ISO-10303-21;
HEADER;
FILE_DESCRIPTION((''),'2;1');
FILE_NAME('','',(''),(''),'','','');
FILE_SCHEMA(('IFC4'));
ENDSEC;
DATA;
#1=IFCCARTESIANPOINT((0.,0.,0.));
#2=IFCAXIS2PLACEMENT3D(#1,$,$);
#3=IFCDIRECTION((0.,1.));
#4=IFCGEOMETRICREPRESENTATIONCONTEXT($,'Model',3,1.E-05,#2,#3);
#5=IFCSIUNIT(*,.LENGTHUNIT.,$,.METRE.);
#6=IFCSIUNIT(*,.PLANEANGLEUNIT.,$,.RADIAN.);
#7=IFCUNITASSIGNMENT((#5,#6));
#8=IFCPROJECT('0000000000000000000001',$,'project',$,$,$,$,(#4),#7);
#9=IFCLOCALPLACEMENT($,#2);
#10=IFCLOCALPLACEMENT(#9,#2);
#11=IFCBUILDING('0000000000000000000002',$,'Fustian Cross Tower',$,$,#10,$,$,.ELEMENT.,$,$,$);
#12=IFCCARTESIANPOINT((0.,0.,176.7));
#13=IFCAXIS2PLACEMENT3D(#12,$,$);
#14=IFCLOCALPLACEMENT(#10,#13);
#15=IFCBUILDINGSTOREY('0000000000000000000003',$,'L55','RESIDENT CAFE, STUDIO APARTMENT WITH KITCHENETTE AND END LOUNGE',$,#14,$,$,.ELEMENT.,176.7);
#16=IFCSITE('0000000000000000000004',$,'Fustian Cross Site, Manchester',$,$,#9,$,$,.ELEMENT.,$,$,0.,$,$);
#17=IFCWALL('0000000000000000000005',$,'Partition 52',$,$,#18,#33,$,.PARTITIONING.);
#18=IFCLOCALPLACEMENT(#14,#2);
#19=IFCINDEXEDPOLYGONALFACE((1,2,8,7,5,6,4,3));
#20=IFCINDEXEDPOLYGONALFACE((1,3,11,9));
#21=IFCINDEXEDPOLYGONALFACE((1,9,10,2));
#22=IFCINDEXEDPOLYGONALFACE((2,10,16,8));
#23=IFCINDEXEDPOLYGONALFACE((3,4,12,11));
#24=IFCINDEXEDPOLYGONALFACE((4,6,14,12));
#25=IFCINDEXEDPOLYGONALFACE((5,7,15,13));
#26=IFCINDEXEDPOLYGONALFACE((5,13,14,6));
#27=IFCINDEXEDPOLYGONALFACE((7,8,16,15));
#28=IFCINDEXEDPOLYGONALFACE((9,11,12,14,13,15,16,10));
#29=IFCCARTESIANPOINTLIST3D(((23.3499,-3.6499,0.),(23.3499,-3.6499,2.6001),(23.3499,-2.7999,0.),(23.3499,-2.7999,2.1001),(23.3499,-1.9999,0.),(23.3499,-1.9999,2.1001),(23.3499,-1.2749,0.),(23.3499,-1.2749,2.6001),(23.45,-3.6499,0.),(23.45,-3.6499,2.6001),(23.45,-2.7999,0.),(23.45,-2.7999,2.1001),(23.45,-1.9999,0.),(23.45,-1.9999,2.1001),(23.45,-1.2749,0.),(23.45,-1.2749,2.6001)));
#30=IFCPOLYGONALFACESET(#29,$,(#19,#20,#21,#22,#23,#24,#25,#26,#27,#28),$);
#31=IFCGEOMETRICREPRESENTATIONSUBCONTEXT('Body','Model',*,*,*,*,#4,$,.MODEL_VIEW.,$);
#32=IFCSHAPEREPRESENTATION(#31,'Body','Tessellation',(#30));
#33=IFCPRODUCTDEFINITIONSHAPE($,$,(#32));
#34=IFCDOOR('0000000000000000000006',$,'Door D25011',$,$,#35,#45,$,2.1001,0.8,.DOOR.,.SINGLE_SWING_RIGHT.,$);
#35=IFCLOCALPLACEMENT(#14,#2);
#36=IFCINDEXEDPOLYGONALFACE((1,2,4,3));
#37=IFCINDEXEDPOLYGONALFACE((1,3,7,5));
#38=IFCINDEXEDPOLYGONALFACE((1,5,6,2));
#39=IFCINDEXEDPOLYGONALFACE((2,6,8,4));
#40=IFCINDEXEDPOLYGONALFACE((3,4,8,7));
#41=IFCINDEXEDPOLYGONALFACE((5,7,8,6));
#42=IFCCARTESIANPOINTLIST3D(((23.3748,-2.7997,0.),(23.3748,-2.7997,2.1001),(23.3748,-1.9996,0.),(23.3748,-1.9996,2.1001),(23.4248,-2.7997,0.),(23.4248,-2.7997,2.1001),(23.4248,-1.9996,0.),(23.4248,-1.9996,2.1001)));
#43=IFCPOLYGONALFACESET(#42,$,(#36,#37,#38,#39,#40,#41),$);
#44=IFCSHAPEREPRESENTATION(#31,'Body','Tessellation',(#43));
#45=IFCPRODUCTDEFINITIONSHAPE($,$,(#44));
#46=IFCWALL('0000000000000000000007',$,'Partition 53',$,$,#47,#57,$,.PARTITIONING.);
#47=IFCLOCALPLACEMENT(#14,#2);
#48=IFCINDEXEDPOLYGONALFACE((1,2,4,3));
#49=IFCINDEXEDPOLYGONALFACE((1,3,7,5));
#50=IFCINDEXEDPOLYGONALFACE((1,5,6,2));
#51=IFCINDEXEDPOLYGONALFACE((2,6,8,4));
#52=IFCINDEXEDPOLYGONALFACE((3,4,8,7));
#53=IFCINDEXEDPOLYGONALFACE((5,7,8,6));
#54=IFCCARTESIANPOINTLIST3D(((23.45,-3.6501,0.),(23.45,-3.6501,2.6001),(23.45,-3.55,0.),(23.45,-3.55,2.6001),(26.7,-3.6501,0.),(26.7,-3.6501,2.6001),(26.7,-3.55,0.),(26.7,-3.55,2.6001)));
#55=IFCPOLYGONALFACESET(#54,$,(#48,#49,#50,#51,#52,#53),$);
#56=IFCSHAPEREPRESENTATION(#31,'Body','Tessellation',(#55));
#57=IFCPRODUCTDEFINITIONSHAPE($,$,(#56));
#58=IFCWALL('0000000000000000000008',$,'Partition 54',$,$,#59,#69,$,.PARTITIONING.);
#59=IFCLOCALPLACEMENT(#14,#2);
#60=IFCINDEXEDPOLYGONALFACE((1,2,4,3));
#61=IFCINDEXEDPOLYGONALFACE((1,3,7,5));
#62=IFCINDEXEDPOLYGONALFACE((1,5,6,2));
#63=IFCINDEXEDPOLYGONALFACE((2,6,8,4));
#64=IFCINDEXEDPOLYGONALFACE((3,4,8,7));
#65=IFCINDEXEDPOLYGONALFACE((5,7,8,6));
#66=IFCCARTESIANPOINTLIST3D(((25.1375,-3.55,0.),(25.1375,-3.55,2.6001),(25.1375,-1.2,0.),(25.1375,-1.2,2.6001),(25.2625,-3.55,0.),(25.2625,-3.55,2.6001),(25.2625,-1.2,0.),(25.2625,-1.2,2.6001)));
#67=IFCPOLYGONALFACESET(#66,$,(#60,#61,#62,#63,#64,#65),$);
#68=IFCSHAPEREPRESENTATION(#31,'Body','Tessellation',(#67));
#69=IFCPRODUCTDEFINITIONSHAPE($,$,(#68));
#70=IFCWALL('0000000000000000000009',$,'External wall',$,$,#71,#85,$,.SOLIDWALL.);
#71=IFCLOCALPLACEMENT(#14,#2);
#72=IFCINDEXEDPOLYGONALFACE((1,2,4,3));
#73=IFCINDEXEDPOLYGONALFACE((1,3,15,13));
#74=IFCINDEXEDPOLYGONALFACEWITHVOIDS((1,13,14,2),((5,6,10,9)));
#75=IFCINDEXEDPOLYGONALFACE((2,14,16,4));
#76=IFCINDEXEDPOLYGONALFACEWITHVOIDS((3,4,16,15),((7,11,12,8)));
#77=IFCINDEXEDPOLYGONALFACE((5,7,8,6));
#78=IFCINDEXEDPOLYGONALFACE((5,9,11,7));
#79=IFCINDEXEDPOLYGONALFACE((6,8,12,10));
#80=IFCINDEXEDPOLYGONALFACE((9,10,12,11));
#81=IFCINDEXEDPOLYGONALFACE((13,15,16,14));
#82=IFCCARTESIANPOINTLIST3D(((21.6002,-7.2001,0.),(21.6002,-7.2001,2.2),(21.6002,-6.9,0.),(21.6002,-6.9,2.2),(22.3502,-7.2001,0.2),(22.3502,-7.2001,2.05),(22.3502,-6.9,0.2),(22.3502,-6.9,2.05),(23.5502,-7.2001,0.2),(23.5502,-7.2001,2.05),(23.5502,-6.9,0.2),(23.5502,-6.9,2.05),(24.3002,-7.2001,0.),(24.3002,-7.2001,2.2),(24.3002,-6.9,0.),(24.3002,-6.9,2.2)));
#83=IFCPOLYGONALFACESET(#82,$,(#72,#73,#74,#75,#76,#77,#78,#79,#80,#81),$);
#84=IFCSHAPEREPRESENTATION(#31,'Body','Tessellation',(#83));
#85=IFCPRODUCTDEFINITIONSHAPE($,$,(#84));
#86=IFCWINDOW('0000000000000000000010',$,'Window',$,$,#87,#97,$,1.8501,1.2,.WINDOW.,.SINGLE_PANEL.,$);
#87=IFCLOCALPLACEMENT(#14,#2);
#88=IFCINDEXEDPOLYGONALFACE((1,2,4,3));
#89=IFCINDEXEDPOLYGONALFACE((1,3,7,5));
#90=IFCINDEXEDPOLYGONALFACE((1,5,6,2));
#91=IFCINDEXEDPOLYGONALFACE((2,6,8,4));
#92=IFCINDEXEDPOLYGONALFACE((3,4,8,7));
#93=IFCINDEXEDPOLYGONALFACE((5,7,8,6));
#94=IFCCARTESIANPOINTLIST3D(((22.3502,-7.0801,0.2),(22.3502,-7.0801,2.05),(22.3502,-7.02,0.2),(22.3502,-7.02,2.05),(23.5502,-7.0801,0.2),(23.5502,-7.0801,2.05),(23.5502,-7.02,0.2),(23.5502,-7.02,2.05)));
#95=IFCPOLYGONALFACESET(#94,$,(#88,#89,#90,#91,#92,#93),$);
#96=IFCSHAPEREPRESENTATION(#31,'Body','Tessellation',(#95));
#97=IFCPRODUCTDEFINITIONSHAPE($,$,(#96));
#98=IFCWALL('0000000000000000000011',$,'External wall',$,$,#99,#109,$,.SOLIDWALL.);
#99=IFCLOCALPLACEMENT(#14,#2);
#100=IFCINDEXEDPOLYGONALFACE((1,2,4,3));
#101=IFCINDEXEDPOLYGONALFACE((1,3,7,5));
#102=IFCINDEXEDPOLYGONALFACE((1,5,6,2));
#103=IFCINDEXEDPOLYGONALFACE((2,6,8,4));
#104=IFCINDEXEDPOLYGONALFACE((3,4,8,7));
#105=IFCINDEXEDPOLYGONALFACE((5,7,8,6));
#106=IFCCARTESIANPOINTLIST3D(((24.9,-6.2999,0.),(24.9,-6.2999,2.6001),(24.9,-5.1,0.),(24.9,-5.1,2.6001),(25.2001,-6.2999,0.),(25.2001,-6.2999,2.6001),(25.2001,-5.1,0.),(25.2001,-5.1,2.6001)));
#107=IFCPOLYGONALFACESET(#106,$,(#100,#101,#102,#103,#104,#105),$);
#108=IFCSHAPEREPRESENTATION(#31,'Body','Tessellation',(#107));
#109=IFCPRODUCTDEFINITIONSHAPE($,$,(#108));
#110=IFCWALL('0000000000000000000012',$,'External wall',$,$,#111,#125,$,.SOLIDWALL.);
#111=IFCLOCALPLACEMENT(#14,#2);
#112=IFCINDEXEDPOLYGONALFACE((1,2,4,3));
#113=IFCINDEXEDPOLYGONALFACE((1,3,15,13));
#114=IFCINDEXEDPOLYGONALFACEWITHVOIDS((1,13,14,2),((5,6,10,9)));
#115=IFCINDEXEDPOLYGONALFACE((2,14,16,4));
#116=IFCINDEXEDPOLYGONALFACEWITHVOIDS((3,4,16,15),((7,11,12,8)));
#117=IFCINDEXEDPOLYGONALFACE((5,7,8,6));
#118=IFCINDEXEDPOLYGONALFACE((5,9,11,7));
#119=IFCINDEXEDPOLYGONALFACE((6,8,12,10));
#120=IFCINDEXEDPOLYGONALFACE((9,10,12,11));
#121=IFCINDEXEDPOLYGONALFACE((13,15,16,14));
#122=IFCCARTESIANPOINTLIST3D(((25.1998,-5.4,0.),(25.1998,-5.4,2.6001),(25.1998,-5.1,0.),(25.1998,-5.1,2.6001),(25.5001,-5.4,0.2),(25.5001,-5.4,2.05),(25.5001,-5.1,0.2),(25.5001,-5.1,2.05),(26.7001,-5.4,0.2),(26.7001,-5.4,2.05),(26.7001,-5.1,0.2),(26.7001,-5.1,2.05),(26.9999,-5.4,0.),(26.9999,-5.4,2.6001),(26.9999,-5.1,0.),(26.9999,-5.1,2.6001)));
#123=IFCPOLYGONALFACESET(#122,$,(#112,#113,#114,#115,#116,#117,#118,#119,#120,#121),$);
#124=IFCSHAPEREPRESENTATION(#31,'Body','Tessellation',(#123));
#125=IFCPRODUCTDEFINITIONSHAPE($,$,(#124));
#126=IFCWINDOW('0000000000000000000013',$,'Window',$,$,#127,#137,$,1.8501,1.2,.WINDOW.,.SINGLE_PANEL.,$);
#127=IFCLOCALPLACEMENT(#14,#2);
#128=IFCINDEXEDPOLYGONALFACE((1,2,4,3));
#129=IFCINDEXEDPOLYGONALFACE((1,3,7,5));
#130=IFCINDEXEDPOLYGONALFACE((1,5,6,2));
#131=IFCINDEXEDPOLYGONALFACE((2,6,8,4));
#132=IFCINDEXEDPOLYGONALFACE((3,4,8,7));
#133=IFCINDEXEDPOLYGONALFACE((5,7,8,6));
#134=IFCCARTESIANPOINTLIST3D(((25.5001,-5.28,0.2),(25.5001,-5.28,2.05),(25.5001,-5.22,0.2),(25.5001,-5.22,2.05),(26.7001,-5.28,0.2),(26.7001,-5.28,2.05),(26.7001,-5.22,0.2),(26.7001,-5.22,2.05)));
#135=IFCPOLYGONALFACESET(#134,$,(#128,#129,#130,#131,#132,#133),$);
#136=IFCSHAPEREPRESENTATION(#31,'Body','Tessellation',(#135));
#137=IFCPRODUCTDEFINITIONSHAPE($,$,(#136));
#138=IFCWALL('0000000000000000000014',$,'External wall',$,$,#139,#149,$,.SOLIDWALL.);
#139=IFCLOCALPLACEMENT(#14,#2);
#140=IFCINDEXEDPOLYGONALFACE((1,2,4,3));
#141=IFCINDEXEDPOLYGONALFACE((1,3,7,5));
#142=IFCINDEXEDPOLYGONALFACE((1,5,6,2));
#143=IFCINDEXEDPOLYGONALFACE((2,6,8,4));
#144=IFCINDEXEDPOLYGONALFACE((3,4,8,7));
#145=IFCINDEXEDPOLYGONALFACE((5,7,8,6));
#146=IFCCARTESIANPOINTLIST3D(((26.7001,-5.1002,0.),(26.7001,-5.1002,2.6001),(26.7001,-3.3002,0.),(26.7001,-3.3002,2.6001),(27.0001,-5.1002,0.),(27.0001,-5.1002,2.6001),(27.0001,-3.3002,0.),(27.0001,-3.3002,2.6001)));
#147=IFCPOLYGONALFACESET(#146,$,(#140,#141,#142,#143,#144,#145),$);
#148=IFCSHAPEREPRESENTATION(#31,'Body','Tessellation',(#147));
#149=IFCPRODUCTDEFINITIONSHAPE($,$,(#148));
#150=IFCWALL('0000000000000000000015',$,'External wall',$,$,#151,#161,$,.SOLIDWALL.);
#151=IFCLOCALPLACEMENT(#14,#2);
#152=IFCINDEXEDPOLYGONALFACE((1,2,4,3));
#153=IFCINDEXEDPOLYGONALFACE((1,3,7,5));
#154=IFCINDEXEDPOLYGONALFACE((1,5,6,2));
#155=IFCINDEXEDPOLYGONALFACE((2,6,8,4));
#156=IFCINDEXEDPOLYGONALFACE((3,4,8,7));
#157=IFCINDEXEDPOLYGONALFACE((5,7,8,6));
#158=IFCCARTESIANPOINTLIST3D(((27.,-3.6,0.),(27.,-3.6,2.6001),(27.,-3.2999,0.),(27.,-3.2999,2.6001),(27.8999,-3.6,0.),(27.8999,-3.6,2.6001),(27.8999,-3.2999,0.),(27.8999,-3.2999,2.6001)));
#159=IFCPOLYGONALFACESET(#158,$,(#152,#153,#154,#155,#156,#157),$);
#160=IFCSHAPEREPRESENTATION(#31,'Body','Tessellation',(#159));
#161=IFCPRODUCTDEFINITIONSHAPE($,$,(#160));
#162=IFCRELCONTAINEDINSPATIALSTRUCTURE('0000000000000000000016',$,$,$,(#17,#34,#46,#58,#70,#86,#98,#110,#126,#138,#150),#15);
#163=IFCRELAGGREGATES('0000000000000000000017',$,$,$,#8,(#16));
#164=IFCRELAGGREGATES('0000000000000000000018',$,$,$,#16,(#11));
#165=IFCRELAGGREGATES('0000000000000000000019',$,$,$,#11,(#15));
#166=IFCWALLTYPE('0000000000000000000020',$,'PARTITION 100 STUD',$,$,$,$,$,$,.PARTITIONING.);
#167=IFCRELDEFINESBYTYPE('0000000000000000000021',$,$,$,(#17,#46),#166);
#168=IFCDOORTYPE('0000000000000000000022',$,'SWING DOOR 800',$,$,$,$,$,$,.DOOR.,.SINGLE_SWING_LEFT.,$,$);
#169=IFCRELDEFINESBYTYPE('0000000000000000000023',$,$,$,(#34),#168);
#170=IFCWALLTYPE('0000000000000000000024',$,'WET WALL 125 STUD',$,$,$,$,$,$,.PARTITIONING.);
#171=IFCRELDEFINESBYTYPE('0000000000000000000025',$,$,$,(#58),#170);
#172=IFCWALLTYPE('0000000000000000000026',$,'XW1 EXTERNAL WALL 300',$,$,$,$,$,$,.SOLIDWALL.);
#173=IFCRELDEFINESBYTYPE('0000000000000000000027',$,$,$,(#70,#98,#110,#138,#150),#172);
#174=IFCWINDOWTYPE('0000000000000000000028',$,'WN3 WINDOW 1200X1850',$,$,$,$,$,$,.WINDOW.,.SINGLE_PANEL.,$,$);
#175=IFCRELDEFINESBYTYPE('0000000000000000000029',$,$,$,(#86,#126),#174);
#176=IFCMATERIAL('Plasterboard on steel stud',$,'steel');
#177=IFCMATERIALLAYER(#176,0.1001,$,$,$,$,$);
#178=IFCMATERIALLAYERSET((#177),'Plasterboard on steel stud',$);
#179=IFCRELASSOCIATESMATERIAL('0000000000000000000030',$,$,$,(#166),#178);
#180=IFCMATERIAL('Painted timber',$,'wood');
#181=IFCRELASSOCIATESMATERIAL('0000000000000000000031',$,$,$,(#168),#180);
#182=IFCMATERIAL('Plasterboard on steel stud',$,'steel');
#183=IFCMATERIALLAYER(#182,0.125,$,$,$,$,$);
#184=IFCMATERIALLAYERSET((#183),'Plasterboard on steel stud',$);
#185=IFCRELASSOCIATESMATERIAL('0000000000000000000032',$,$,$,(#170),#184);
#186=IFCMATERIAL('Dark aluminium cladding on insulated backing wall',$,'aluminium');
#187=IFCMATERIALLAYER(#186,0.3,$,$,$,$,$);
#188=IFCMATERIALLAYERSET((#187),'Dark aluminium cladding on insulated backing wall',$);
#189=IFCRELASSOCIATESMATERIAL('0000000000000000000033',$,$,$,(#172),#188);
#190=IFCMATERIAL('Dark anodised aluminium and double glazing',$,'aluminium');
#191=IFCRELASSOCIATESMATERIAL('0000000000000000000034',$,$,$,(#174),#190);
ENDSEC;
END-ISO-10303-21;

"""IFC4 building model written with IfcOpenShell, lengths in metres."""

from ifc_helpers import new_model, si_unit, direction, frame, frame_2d, origin, place, context, subcontext, project, spatial, rectangle, extrude, material, layer, layer_set, type_object, element, fill, save


model = new_model("IFC4")

# Units and contexts
model_context = context("Model", 3, precision=1e-05, world=origin(), true_north=direction((0.0, 1.0)))
body_context = subcontext(model_context, "Body", "Model", "MODEL_VIEW")
ifc_project = project(units=[si_unit("LENGTHUNIT", "METRE"), si_unit("PLANEANGLEUNIT", "RADIAN")], contexts=[model_context])

# Site, building, storey
site_placement = place(None, origin())
site = spatial("IfcSite", under=ifc_project, at=site_placement, Name="Fustian Cross Site, Manchester", CompositionType="ELEMENT", RefElevation=0.0)
building_placement = place(site_placement, origin())
building = spatial("IfcBuilding", under=site, at=building_placement, Name="Fustian Cross Tower", CompositionType="ELEMENT")
storey_placement = place(building_placement, frame((0.0, 0.0, 176.7)))
storey = spatial("IfcBuildingStorey", under=building, at=storey_placement, Name="L55", Description="RESIDENT CAFE, STUDIO APARTMENT WITH KITCHENETTE AND END LOUNGE", CompositionType="ELEMENT", Elevation=176.7)

# Wall, opening, door
ifc_material_1 = material(Name="Plasterboard on steel stud", Category="steel")
ifc_layer_1 = layer(ifc_material_1, 0.1001)
ifc_layer_set_1 = layer_set([ifc_layer_1], Name="Plasterboard on steel stud")
wall_type_1 = type_object("IfcWallType", Name="PARTITION 100 STUD", PredefinedType="PARTITIONING", material=ifc_layer_set_1)
wall_1_placement = place(storey_placement, frame((23.3999, -3.6499, 0.0), z_axis=(0.0, 0.0, 1.0), x_axis=(0.0, 1.0, 0.0)))
wall_1 = element("IfcWall", 1, at=wall_1_placement, inside=storey, type_object=wall_type_1, Name="Partition 52", PredefinedType="PARTITIONING", context=body_context, shape_type="SweptSolid", body=[
    extrude(rectangle(XDim=2.375, YDim=0.1001, at=frame_2d((1.1875, 0.0))), origin(), (0.0, 0.0, 1.0), 2.6001),
])
opening_1_placement = place(wall_1_placement, frame((0.8501, 0.0, 0.0)))
opening_1 = element("IfcOpeningElement", 2, at=opening_1_placement, cuts=wall_1, PredefinedType="OPENING", context=body_context, shape_type="SweptSolid", body=[
    extrude(rectangle(XDim=0.8, YDim=2.1001, at=frame_2d((0.3999, 1.05))), frame((0.0, 0.0601, 0.0), z_axis=(0.0, -1.0, 0.0), x_axis=(1.0, 0.0, 0.0)), (0.0, 0.0, 1.0), 0.1201),
])
ifc_material_2 = material(Name="Painted timber", Category="wood")
door_type_1 = type_object("IfcDoorType", Name="SWING DOOR 800", OperationType="SINGLE_SWING_LEFT", PredefinedType="DOOR", material=ifc_material_2)
door_1_placement = place(opening_1_placement, frame((0.8, 0.0, 0.0), z_axis=(0.0, 0.0, 1.0), x_axis=(-1.0, 0.0, 0.0)))
door_1 = element("IfcDoor", 3, at=door_1_placement, inside=storey, type_object=door_type_1, Name="Door D25011", OperationType="SINGLE_SWING_RIGHT", OverallHeight=2.1001, OverallWidth=0.8, PredefinedType="DOOR", context=body_context, shape_type="SweptSolid", body=[
    extrude(rectangle(XDim=0.8, YDim=2.1001, at=frame_2d((0.3999, 1.05))), frame((0.0, 0.0249, 0.0), z_axis=(0.0, -1.0, 0.0), x_axis=(1.0, 0.0, 0.0)), (0.0, 0.0, 1.0), 0.05),
])
fill(opening_1, door_1)

# Walls
wall_2_placement = place(storey_placement, frame((23.45, -3.6001, 0.0), z_axis=(0.0, 0.0, 1.0), x_axis=(1.0, 0.0, 0.0)))
element("IfcWall", 4, at=wall_2_placement, inside=storey, type_object=wall_type_1, Name="Partition 53", PredefinedType="PARTITIONING", context=body_context, shape_type="SweptSolid", body=[
    extrude(rectangle(XDim=3.25, YDim=0.1001, at=frame_2d((1.625, 0.0))), origin(), (0.0, 0.0, 1.0), 2.6001),
])
ifc_material_3 = material(Name="Plasterboard on steel stud", Category="steel")
ifc_layer_2 = layer(ifc_material_3, 0.125)
ifc_layer_set_2 = layer_set([ifc_layer_2], Name="Plasterboard on steel stud")
wall_type_2 = type_object("IfcWallType", Name="WET WALL 125 STUD", PredefinedType="PARTITIONING", material=ifc_layer_set_2)
wall_3_placement = place(storey_placement, frame((25.2, -3.55, 0.0), z_axis=(0.0, 0.0, 1.0), x_axis=(0.0, 1.0, 0.0)))
element("IfcWall", 5, at=wall_3_placement, inside=storey, type_object=wall_type_2, Name="Partition 54", PredefinedType="PARTITIONING", context=body_context, shape_type="SweptSolid", body=[
    extrude(rectangle(XDim=2.3501, YDim=0.125, at=frame_2d((1.175, 0.0))), origin(), (0.0, 0.0, 1.0), 2.6001),
])

# Wall, opening, window
ifc_material_4 = material(Name="Dark aluminium cladding on insulated backing wall", Category="aluminium")
ifc_layer_3 = layer(ifc_material_4, 0.3)
ifc_layer_set_3 = layer_set([ifc_layer_3], Name="Dark aluminium cladding on insulated backing wall")
wall_type_3 = type_object("IfcWallType", Name="XW1 EXTERNAL WALL 300", PredefinedType="SOLIDWALL", material=ifc_layer_set_3)
wall_4_placement = place(storey_placement, frame((21.6001, -7.05, 0.0), z_axis=(0.0, 0.0, 1.0), x_axis=(1.0, 0.0, 0.0)))
wall_4 = element("IfcWall", 6, at=wall_4_placement, inside=storey, type_object=wall_type_3, Name="External wall", PredefinedType="SOLIDWALL", context=body_context, shape_type="SweptSolid", body=[
    extrude(rectangle(XDim=2.7, YDim=0.3, at=frame_2d((1.3501, 0.0))), origin(), (0.0, 0.0, 1.0), 2.2),
])
opening_2_placement = place(wall_4_placement, frame((0.75, 0.0, 0.2)))
opening_2 = element("IfcOpeningElement", 7, at=opening_2_placement, cuts=wall_4, PredefinedType="OPENING", context=body_context, shape_type="SweptSolid", body=[
    extrude(rectangle(XDim=1.2, YDim=1.8501, at=frame_2d((0.6001, 0.925))), frame((0.0, 0.1599, 0.0), z_axis=(0.0, -1.0, 0.0), x_axis=(1.0, 0.0, 0.0)), (0.0, 0.0, 1.0), 0.3201),
])
ifc_material_5 = material(Name="Dark anodised aluminium and double glazing", Category="aluminium")
window_type_1 = type_object("IfcWindowType", Name="WN3 WINDOW 1200X1850", PartitioningType="SINGLE_PANEL", PredefinedType="WINDOW", material=ifc_material_5)
window_1_placement = place(opening_2_placement, origin())
window_1 = element("IfcWindow", 8, at=window_1_placement, inside=storey, type_object=window_type_1, Name="Window", OverallHeight=1.8501, OverallWidth=1.2, PartitioningType="SINGLE_PANEL", PredefinedType="WINDOW", context=body_context, shape_type="SweptSolid", body=[
    extrude(rectangle(XDim=1.2, YDim=1.8501, at=frame_2d((0.6001, 0.925))), frame((0.0, 0.03, 0.0), z_axis=(0.0, -1.0, 0.0), x_axis=(1.0, 0.0, 0.0)), (0.0, 0.0, 1.0), 0.0601),
])
fill(opening_2, window_1)

# Wall
wall_5_placement = place(storey_placement, frame((25.05, -6.3, 0.0), z_axis=(0.0, 0.0, 1.0), x_axis=(0.0, 1.0, 0.0)))
element("IfcWall", 9, at=wall_5_placement, inside=storey, type_object=wall_type_3, Name="External wall", PredefinedType="SOLIDWALL", context=body_context, shape_type="SweptSolid", body=[
    extrude(rectangle(XDim=1.2, YDim=0.3, at=frame_2d((0.6001, 0.0))), origin(), (0.0, 0.0, 1.0), 2.6001),
])

# Wall, opening, window
wall_6_placement = place(storey_placement, frame((25.2, -5.25, 0.0), z_axis=(0.0, 0.0, 1.0), x_axis=(1.0, 0.0, 0.0)))
wall_6 = element("IfcWall", 10, at=wall_6_placement, inside=storey, type_object=wall_type_3, Name="External wall", PredefinedType="SOLIDWALL", context=body_context, shape_type="SweptSolid", body=[
    extrude(rectangle(XDim=1.8, YDim=0.3, at=frame_2d((0.8999, 0.0))), origin(), (0.0, 0.0, 1.0), 2.6001),
])
opening_3_placement = place(wall_6_placement, frame((0.3, 0.0, 0.2)))
opening_3 = element("IfcOpeningElement", 11, at=opening_3_placement, cuts=wall_6, PredefinedType="OPENING", context=body_context, shape_type="SweptSolid", body=[
    extrude(rectangle(XDim=1.2, YDim=1.8501, at=frame_2d((0.6001, 0.925))), frame((0.0, 0.1599, 0.0), z_axis=(0.0, -1.0, 0.0), x_axis=(1.0, 0.0, 0.0)), (0.0, 0.0, 1.0), 0.3201),
])
window_2_placement = place(opening_3_placement, origin())
window_2 = element("IfcWindow", 12, at=window_2_placement, inside=storey, type_object=window_type_1, Name="Window", OverallHeight=1.8501, OverallWidth=1.2, PartitioningType="SINGLE_PANEL", PredefinedType="WINDOW", context=body_context, shape_type="SweptSolid", body=[
    extrude(rectangle(XDim=1.2, YDim=1.8501, at=frame_2d((0.6001, 0.925))), frame((0.0, 0.03, 0.0), z_axis=(0.0, -1.0, 0.0), x_axis=(1.0, 0.0, 0.0)), (0.0, 0.0, 1.0), 0.0601),
])
fill(opening_3, window_2)

# Walls
wall_7_placement = place(storey_placement, frame((26.8501, -5.1001, 0.0), z_axis=(0.0, 0.0, 1.0), x_axis=(0.0, 1.0, 0.0)))
element("IfcWall", 13, at=wall_7_placement, inside=storey, type_object=wall_type_3, Name="External wall", PredefinedType="SOLIDWALL", context=body_context, shape_type="SweptSolid", body=[
    extrude(rectangle(XDim=1.8, YDim=0.3, at=frame_2d((0.8999, 0.0))), origin(), (0.0, 0.0, 1.0), 2.6001),
])
wall_8_placement = place(storey_placement, frame((27.0, -3.45, 0.0), z_axis=(0.0, 0.0, 1.0), x_axis=(1.0, 0.0, 0.0)))
element("IfcWall", 14, at=wall_8_placement, inside=storey, type_object=wall_type_3, Name="External wall", PredefinedType="SOLIDWALL", context=body_context, shape_type="SweptSolid", body=[
    extrude(rectangle(XDim=0.8999, YDim=0.3, at=frame_2d((0.45, 0.0))), origin(), (0.0, 0.0, 1.0), 2.6001),
])

save(model, "model.ifc")
